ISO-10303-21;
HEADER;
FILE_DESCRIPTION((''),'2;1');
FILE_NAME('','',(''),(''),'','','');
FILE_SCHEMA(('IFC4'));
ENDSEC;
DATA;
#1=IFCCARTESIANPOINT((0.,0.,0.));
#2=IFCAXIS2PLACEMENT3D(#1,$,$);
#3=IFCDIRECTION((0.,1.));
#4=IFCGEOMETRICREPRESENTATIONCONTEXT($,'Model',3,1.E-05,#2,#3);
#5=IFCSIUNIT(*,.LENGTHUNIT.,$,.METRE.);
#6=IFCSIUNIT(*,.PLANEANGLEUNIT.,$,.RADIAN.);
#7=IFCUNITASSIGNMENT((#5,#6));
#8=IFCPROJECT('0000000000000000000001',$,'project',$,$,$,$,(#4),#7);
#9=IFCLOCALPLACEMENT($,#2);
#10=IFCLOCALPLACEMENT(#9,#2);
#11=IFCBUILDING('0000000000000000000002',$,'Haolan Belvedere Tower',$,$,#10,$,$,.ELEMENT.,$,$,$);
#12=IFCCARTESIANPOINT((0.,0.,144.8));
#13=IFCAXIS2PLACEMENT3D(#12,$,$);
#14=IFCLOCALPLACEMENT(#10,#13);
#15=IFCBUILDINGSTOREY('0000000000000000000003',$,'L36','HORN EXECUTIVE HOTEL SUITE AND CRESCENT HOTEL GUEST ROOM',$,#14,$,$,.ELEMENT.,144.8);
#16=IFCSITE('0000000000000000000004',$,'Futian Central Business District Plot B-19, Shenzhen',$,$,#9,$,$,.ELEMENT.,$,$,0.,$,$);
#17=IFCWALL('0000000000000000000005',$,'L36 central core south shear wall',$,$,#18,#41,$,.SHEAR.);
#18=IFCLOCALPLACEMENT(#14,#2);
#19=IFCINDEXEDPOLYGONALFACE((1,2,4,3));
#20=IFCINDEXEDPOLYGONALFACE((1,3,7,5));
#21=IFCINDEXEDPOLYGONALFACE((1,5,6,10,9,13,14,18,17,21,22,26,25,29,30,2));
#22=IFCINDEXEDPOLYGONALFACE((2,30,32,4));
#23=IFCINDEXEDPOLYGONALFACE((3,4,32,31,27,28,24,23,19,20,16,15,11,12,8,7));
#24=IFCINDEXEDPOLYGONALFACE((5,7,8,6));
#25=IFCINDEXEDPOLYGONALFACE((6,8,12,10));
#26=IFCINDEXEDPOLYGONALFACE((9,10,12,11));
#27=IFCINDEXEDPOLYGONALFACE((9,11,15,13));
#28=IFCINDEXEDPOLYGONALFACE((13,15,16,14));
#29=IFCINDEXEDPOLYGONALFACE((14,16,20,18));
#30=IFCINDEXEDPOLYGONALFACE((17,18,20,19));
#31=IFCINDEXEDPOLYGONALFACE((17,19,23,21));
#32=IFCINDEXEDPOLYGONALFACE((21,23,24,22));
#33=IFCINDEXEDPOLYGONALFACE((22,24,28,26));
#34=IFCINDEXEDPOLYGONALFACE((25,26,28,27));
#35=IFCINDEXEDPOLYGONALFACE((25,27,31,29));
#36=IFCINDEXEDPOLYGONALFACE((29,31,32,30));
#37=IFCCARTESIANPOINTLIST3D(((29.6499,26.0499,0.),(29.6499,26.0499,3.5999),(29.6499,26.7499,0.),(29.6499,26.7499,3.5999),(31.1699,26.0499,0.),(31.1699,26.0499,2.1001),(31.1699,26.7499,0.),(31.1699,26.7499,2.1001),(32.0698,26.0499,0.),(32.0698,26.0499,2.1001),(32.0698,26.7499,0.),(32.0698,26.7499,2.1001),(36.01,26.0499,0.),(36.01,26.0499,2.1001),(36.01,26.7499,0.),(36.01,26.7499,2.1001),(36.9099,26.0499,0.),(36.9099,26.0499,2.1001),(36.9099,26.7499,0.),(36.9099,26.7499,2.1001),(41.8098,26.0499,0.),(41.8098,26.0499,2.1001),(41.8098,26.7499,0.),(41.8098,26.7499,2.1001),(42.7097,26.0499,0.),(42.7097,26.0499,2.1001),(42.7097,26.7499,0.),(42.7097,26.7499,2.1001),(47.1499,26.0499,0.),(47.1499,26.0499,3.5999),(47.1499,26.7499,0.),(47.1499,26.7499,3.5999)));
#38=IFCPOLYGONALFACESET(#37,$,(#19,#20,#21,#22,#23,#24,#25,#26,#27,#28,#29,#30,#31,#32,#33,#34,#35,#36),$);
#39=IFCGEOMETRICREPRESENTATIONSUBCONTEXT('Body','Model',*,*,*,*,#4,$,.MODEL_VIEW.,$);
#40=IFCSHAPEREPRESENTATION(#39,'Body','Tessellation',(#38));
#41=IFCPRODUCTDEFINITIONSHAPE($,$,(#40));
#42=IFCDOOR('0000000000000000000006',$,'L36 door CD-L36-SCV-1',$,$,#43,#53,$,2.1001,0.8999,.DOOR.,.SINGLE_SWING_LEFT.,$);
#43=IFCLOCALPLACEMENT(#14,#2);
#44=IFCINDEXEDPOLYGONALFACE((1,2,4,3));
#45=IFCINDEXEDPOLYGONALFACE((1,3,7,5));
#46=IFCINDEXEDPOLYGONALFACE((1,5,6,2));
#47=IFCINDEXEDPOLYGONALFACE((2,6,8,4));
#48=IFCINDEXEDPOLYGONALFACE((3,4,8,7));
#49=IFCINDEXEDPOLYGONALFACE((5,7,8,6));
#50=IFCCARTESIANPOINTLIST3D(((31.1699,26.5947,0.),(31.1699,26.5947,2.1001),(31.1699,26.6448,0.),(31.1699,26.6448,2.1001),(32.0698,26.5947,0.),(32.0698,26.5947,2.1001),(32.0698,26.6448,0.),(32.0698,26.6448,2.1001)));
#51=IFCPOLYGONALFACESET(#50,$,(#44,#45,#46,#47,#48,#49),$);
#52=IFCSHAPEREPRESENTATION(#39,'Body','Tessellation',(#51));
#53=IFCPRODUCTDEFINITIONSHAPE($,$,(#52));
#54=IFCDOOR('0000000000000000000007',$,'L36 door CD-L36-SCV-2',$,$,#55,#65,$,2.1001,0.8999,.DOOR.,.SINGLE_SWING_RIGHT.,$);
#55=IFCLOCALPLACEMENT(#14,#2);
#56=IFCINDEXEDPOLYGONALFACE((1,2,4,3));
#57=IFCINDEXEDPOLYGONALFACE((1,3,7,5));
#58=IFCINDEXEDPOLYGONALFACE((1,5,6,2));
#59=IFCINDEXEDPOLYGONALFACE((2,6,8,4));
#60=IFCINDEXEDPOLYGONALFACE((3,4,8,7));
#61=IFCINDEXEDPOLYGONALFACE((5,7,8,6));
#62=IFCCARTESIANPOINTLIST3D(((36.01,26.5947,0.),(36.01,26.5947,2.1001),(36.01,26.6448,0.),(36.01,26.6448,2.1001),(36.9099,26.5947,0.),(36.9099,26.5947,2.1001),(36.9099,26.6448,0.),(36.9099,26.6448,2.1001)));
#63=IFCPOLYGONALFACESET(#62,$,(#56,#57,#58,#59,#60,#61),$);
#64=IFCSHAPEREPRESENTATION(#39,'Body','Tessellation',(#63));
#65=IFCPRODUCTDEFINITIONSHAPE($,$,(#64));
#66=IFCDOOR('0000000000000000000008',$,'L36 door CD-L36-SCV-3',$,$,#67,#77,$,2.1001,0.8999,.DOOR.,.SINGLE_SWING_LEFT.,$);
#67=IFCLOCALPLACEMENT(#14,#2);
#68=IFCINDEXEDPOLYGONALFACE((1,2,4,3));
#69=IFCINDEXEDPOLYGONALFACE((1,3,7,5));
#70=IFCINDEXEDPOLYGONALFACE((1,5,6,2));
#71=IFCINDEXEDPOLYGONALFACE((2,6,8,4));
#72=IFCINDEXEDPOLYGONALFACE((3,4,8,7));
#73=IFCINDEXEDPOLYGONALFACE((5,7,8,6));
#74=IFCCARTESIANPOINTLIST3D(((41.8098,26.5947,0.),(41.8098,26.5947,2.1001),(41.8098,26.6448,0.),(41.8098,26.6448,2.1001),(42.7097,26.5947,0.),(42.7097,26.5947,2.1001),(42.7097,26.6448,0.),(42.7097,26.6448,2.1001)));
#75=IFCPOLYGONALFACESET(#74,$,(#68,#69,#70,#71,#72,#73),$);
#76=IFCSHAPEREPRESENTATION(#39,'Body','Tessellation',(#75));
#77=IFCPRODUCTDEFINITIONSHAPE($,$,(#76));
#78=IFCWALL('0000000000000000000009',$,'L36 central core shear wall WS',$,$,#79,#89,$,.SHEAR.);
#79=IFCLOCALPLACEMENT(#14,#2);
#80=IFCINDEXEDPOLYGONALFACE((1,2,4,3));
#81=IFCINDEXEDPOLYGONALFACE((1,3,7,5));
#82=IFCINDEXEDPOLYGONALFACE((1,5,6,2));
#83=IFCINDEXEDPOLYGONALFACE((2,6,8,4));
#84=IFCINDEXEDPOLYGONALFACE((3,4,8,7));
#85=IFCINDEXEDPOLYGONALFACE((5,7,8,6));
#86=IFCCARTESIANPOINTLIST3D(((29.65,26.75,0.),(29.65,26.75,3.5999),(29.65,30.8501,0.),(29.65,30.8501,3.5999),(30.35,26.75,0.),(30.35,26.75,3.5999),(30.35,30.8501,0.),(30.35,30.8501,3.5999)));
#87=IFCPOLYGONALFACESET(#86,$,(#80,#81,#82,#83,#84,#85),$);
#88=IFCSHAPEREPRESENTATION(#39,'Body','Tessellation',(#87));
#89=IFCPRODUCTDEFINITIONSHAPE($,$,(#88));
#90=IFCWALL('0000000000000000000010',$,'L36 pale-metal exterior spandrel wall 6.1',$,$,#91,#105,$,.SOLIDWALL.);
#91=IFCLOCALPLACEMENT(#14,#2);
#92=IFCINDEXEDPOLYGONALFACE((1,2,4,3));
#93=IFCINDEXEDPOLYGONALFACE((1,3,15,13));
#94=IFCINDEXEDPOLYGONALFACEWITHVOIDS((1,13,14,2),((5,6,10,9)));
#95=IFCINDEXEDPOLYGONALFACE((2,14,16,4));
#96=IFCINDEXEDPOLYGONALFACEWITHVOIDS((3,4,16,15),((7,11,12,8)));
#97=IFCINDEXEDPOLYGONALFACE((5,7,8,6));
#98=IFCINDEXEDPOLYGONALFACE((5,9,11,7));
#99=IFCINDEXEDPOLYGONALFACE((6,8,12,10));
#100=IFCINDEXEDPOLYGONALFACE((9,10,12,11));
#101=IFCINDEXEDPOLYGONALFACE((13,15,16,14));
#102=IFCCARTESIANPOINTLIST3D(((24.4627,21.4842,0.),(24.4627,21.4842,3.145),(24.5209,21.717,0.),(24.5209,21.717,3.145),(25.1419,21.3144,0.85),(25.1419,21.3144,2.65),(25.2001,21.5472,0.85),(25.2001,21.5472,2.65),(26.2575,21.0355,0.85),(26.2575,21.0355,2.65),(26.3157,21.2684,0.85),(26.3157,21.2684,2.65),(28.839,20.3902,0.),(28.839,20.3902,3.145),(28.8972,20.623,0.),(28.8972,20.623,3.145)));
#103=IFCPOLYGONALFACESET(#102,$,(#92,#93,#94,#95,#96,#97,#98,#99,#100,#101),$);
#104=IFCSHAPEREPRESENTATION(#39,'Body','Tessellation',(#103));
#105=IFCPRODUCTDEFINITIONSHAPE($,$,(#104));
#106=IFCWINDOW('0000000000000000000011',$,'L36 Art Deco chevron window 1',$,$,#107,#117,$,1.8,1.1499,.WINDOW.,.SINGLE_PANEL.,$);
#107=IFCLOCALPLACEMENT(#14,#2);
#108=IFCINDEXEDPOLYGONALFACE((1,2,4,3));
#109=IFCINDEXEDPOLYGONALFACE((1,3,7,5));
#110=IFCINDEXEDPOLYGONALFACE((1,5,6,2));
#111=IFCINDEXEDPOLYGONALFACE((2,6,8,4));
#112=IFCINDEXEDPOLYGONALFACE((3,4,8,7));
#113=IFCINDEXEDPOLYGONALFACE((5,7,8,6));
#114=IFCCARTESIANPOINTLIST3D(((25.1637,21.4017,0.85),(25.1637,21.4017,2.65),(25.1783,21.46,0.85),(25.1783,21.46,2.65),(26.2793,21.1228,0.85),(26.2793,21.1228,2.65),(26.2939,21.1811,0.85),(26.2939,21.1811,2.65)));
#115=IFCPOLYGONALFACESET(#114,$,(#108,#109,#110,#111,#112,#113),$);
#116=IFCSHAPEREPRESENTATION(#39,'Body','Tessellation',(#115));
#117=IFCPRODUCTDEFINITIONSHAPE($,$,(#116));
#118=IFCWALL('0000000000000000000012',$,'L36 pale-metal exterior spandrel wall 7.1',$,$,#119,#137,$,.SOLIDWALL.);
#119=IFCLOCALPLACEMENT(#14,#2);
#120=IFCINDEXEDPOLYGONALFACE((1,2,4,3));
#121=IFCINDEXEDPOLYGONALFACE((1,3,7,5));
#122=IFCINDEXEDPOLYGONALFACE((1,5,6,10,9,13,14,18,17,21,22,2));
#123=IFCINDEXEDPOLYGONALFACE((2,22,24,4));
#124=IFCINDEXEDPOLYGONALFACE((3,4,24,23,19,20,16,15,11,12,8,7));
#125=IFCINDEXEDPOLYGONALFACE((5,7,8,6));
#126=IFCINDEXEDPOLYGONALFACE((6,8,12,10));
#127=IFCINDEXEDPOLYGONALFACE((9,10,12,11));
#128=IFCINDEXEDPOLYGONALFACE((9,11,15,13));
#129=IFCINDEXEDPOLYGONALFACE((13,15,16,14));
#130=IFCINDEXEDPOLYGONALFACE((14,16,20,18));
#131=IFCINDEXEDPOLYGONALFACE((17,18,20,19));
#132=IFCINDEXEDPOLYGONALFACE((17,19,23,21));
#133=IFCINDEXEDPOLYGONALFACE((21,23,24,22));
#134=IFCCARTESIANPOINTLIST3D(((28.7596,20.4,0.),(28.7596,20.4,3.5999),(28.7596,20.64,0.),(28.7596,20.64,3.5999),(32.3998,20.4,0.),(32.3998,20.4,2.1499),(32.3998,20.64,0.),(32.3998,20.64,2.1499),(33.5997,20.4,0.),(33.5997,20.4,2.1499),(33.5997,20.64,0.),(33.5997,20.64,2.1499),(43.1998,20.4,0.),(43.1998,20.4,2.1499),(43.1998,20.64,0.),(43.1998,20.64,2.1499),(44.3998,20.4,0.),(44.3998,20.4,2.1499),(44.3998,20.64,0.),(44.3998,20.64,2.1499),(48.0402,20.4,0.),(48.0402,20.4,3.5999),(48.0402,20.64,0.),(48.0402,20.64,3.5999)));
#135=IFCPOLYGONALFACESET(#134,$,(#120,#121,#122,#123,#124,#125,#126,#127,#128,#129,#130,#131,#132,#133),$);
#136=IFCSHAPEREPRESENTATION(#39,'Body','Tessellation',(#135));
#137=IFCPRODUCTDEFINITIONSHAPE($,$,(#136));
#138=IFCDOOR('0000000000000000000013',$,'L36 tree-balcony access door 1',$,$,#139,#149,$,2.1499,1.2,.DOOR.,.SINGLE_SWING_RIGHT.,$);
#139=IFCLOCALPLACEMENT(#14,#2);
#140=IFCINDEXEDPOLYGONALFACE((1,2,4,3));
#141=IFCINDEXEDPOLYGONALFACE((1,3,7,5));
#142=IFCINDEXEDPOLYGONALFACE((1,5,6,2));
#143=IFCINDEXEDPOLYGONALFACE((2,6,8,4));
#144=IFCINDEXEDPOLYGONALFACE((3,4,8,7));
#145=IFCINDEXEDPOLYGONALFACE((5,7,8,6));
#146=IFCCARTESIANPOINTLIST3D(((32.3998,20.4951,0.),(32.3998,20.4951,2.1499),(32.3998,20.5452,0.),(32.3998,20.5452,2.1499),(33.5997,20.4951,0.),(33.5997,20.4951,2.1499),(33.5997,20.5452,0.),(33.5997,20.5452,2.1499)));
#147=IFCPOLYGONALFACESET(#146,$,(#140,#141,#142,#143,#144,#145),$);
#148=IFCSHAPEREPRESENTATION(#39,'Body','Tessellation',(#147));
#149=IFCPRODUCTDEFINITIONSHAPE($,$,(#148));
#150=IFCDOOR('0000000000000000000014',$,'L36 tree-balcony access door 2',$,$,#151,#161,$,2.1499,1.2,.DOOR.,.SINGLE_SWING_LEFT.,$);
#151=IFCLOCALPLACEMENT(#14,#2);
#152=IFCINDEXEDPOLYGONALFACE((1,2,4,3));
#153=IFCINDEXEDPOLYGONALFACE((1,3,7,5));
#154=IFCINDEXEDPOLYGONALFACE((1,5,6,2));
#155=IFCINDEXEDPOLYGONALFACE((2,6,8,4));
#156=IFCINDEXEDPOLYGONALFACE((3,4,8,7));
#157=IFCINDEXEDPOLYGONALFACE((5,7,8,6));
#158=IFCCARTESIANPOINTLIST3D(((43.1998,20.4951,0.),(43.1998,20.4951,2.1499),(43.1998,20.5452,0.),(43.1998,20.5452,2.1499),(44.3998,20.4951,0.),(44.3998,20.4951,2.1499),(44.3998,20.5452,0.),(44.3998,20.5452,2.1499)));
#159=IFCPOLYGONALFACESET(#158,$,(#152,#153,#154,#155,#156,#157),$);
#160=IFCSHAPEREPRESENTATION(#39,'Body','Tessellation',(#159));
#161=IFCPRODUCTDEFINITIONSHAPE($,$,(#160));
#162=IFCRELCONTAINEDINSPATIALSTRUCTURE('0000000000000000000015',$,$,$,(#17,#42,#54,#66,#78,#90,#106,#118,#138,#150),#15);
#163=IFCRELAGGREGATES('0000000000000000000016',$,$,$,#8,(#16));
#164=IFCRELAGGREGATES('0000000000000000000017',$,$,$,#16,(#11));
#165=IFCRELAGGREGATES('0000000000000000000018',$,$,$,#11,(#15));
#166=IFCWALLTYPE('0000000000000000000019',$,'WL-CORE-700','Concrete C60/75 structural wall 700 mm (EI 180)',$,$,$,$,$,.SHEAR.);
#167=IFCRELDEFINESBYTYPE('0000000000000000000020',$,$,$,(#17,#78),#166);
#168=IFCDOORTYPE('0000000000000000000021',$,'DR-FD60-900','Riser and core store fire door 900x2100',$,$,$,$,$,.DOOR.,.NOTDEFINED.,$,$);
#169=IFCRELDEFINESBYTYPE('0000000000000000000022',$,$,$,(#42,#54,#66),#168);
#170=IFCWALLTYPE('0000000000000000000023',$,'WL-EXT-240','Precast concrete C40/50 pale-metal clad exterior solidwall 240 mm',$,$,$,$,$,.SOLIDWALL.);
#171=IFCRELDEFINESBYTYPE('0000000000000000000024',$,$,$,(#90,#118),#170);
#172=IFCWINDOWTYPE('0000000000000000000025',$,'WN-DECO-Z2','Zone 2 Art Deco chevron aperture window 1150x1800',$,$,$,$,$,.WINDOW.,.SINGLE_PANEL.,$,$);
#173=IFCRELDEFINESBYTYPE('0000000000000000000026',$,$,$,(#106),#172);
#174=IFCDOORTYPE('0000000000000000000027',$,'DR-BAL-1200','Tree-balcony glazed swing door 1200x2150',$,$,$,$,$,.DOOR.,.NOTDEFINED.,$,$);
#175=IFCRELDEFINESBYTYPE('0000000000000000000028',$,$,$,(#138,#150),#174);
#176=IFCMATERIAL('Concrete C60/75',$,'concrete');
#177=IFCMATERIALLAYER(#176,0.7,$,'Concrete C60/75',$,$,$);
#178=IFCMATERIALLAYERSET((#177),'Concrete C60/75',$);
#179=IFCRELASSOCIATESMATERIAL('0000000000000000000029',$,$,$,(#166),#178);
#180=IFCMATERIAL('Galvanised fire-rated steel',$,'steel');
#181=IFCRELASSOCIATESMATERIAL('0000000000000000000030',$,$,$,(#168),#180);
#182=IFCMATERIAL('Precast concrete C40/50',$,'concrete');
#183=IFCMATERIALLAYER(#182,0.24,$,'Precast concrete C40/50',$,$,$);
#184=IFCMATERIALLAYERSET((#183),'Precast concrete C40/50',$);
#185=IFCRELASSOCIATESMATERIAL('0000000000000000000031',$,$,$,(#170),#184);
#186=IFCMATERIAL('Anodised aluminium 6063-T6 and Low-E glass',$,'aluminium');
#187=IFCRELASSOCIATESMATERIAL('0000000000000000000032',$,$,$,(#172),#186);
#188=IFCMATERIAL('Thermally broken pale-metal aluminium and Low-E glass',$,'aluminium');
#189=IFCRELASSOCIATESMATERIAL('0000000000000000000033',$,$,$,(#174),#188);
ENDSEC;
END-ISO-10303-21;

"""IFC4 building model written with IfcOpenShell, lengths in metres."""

from ifc_helpers import new_model, si_unit, direction, frame, frame_2d, origin, place, context, subcontext, project, spatial, rectangle, extrude, material, layer, layer_set, type_object, element, fill, save


model = new_model("IFC4")

# Units and contexts
model_context = context("Model", 3, precision=1e-05, world=origin(), true_north=direction((0.0, 1.0)))
body_context = subcontext(model_context, "Body", "Model", "MODEL_VIEW")
ifc_project = project(units=[si_unit("LENGTHUNIT", "METRE"), si_unit("PLANEANGLEUNIT", "RADIAN")], contexts=[model_context])

# Site, building, storey
site_placement = place(None, origin())
site = spatial("IfcSite", under=ifc_project, at=site_placement, Name="Futian Central Business District Plot B-19, Shenzhen", CompositionType="ELEMENT", RefElevation=0.0)
building_placement = place(site_placement, origin())
building = spatial("IfcBuilding", under=site, at=building_placement, Name="Haolan Belvedere Tower", CompositionType="ELEMENT")
storey_placement = place(building_placement, frame((0.0, 0.0, 144.8)))
storey = spatial("IfcBuildingStorey", under=building, at=storey_placement, Name="L36", Description="HORN EXECUTIVE HOTEL SUITE AND CRESCENT HOTEL GUEST ROOM", CompositionType="ELEMENT", Elevation=144.8)

# Wall, openings, doors
ifc_material_1 = material(Name="Concrete C60/75", Category="concrete")
ifc_layer_1 = layer(ifc_material_1, 0.7, Name="Concrete C60/75")
ifc_layer_set_1 = layer_set([ifc_layer_1], Name="Concrete C60/75")
wall_type_1 = type_object("IfcWallType", Name="WL-CORE-700", Description="Concrete C60/75 structural wall 700 mm (EI 180)", PredefinedType="SHEAR", material=ifc_layer_set_1)
wall_1_placement = place(storey_placement, frame((29.6499, 26.3999, 0.0), z_axis=(0.0, 0.0, 1.0), x_axis=(1.0, 0.0, 0.0)))
wall_1 = element("IfcWall", 1, at=wall_1_placement, inside=storey, type_object=wall_type_1, Name="L36 central core south shear wall", PredefinedType="SHEAR", context=body_context, shape_type="SweptSolid", body=[
    extrude(rectangle(XDim=17.5, YDim=0.7, at=frame_2d((8.75, 0.0))), origin(), (0.0, 0.0, 1.0), 3.5999),
])
opening_1_placement = place(wall_1_placement, frame((2.4199, 0.0, 0.0), z_axis=(0.0, 0.0, 1.0), x_axis=(-1.0, 0.0, 0.0)))
opening_1 = element("IfcOpeningElement", 2, at=opening_1_placement, cuts=wall_1, PredefinedType="OPENING", context=body_context, shape_type="SweptSolid", body=[
    extrude(rectangle(XDim=0.8999, YDim=2.1001, at=frame_2d((0.45, 1.05))), frame((0.0, 0.3599, 0.0), z_axis=(0.0, -1.0, 0.0), x_axis=(1.0, 0.0, 0.0)), (0.0, 0.0, 1.0), 0.72),
])
opening_2_placement = place(wall_1_placement, frame((7.26, 0.0, 0.0), z_axis=(0.0, 0.0, 1.0), x_axis=(-1.0, 0.0, 0.0)))
opening_2 = element("IfcOpeningElement", 3, at=opening_2_placement, cuts=wall_1, PredefinedType="OPENING", context=body_context, shape_type="SweptSolid", body=[
    extrude(rectangle(XDim=0.8999, YDim=2.1001, at=frame_2d((0.45, 1.05))), frame((0.0, 0.3599, 0.0), z_axis=(0.0, -1.0, 0.0), x_axis=(1.0, 0.0, 0.0)), (0.0, 0.0, 1.0), 0.72),
])
opening_3_placement = place(wall_1_placement, frame((13.0598, 0.0, 0.0), z_axis=(0.0, 0.0, 1.0), x_axis=(-1.0, 0.0, 0.0)))
opening_3 = element("IfcOpeningElement", 4, at=opening_3_placement, cuts=wall_1, PredefinedType="OPENING", context=body_context, shape_type="SweptSolid", body=[
    extrude(rectangle(XDim=0.8999, YDim=2.1001, at=frame_2d((0.45, 1.05))), frame((0.0, 0.3599, 0.0), z_axis=(0.0, -1.0, 0.0), x_axis=(1.0, 0.0, 0.0)), (0.0, 0.0, 1.0), 0.72),
])
ifc_material_2 = material(Name="Galvanised fire-rated steel", Category="steel")
door_type_1 = type_object("IfcDoorType", Name="DR-FD60-900", Description="Riser and core store fire door 900x2100", OperationType="NOTDEFINED", PredefinedType="DOOR", material=ifc_material_2)
door_1_placement = place(opening_1_placement, origin())
door_1 = element("IfcDoor", 5, at=door_1_placement, inside=storey, type_object=door_type_1, Name="L36 door CD-L36-SCV-1", OperationType="SINGLE_SWING_LEFT", OverallHeight=2.1001, OverallWidth=0.8999, PredefinedType="DOOR", context=body_context, shape_type="SweptSolid", body=[
    extrude(rectangle(XDim=0.8999, YDim=2.1001, at=frame_2d((0.45, 1.05))), frame((0.0, -0.1948, 0.0), z_axis=(0.0, -1.0, 0.0), x_axis=(1.0, 0.0, 0.0)), (0.0, 0.0, 1.0), 0.05),
])
fill(opening_1, door_1)
door_2_placement = place(opening_2_placement, origin())
door_2 = element("IfcDoor", 6, at=door_2_placement, inside=storey, type_object=door_type_1, Name="L36 door CD-L36-SCV-2", OperationType="SINGLE_SWING_RIGHT", OverallHeight=2.1001, OverallWidth=0.8999, PredefinedType="DOOR", context=body_context, shape_type="SweptSolid", body=[
    extrude(rectangle(XDim=0.8999, YDim=2.1001, at=frame_2d((0.45, 1.05))), frame((0.0, -0.1948, 0.0), z_axis=(0.0, -1.0, 0.0), x_axis=(1.0, 0.0, 0.0)), (0.0, 0.0, 1.0), 0.05),
])
fill(opening_2, door_2)
door_3_placement = place(opening_3_placement, origin())
door_3 = element("IfcDoor", 7, at=door_3_placement, inside=storey, type_object=door_type_1, Name="L36 door CD-L36-SCV-3", OperationType="SINGLE_SWING_LEFT", OverallHeight=2.1001, OverallWidth=0.8999, PredefinedType="DOOR", context=body_context, shape_type="SweptSolid", body=[
    extrude(rectangle(XDim=0.8999, YDim=2.1001, at=frame_2d((0.45, 1.05))), frame((0.0, -0.1948, 0.0), z_axis=(0.0, -1.0, 0.0), x_axis=(1.0, 0.0, 0.0)), (0.0, 0.0, 1.0), 0.05),
])
fill(opening_3, door_3)

# Wall
wall_2_placement = place(storey_placement, frame((30.0, 26.75, 0.0), z_axis=(0.0, 0.0, 1.0), x_axis=(0.0, 1.0, 0.0)))
element("IfcWall", 8, at=wall_2_placement, inside=storey, type_object=wall_type_1, Name="L36 central core shear wall WS", PredefinedType="SHEAR", context=body_context, shape_type="SweptSolid", body=[
    extrude(rectangle(XDim=4.1001, YDim=0.7, at=frame_2d((2.05, 0.0))), origin(), (0.0, 0.0, 1.0), 3.5999),
])

# Wall, opening, window
ifc_material_3 = material(Name="Precast concrete C40/50", Category="concrete")
ifc_layer_2 = layer(ifc_material_3, 0.24, Name="Precast concrete C40/50")
ifc_layer_set_2 = layer_set([ifc_layer_2], Name="Precast concrete C40/50")
wall_type_2 = type_object("IfcWallType", Name="WL-EXT-240", Description="Precast concrete C40/50 pale-metal clad exterior solidwall 240 mm", PredefinedType="SOLIDWALL", material=ifc_layer_set_2)
wall_3_placement = place(storey_placement, frame((24.4919, 21.6006, 0.0), z_axis=(0.0, 0.0, 1.0), x_axis=(0.970146, -0.242523, 0.0)))
wall_3 = element("IfcWall", 9, at=wall_3_placement, inside=storey, type_object=wall_type_2, Name="L36 pale-metal exterior spandrel wall 6.1", PredefinedType="SOLIDWALL", context=body_context, shape_type="SweptSolid", body=[
    extrude(rectangle(XDim=4.511, YDim=0.24, at=frame_2d((2.2554, 0.0))), origin(), (0.0, 0.0, 1.0), 3.145),
])
opening_4_placement = place(wall_3_placement, frame((0.7, 0.0, 0.8501)))
opening_4 = element("IfcOpeningElement", 10, at=opening_4_placement, cuts=wall_3, PredefinedType="OPENING", context=body_context, shape_type="SweptSolid", body=[
    extrude(rectangle(XDim=1.1499, YDim=1.8, at=frame_2d((0.575, 0.8999))), frame((0.0, 0.1299, 0.0), z_axis=(0.0, -1.0, 0.0), x_axis=(1.0, 0.0, 0.0)), (0.0, 0.0, 1.0), 0.26),
])
ifc_material_4 = material(Name="Anodised aluminium 6063-T6 and Low-E glass", Category="aluminium")
window_type = type_object("IfcWindowType", Name="WN-DECO-Z2", Description="Zone 2 Art Deco chevron aperture window 1150x1800", PartitioningType="SINGLE_PANEL", PredefinedType="WINDOW", material=ifc_material_4)
window_placement = place(opening_4_placement, origin())
window = element("IfcWindow", 11, at=window_placement, inside=storey, type_object=window_type, Name="L36 Art Deco chevron window 1", OverallHeight=1.8, OverallWidth=1.1499, PartitioningType="SINGLE_PANEL", PredefinedType="WINDOW", context=body_context, shape_type="SweptSolid", body=[
    extrude(rectangle(XDim=1.1499, YDim=1.8, at=frame_2d((0.575, 0.8999))), frame((0.0, 0.03, 0.0), z_axis=(0.0, -1.0, 0.0), x_axis=(1.0, 0.0, 0.0)), (0.0, 0.0, 1.0), 0.0601),
])
fill(opening_4, window)

# Wall, openings, doors
wall_4_placement = place(storey_placement, frame((28.7598, 20.52, 0.0), z_axis=(0.0, 0.0, 1.0), x_axis=(1.0, 0.0, 0.0)))
wall_4 = element("IfcWall", 12, at=wall_4_placement, inside=storey, type_object=wall_type_2, Name="L36 pale-metal exterior spandrel wall 7.1", PredefinedType="SOLIDWALL", context=body_context, shape_type="SweptSolid", body=[
    extrude(rectangle(XDim=19.2805, YDim=0.24, at=frame_2d((9.6401, 0.0))), origin(), (0.0, 0.0, 1.0), 3.5999),
])
opening_5_placement = place(wall_4_placement, frame((4.8401, 0.0, 0.0), z_axis=(0.0, 0.0, 1.0), x_axis=(-1.0, 0.0, 0.0)))
opening_5 = element("IfcOpeningElement", 13, at=opening_5_placement, cuts=wall_4, PredefinedType="OPENING", context=body_context, shape_type="SweptSolid", body=[
    extrude(rectangle(XDim=1.2, YDim=2.1499, at=frame_2d((0.6001, 1.075))), frame((0.0, 0.1299, 0.0), z_axis=(0.0, -1.0, 0.0), x_axis=(1.0, 0.0, 0.0)), (0.0, 0.0, 1.0), 0.26),
])
opening_6_placement = place(wall_4_placement, frame((15.6401, 0.0, 0.0), z_axis=(0.0, 0.0, 1.0), x_axis=(-1.0, 0.0, 0.0)))
opening_6 = element("IfcOpeningElement", 14, at=opening_6_placement, cuts=wall_4, PredefinedType="OPENING", context=body_context, shape_type="SweptSolid", body=[
    extrude(rectangle(XDim=1.2, YDim=2.1499, at=frame_2d((0.6001, 1.075))), frame((0.0, 0.1299, 0.0), z_axis=(0.0, -1.0, 0.0), x_axis=(1.0, 0.0, 0.0)), (0.0, 0.0, 1.0), 0.26),
])
ifc_material_5 = material(Name="Thermally broken pale-metal aluminium and Low-E glass", Category="aluminium")
door_type_2 = type_object("IfcDoorType", Name="DR-BAL-1200", Description="Tree-balcony glazed swing door 1200x2150", OperationType="NOTDEFINED", PredefinedType="DOOR", material=ifc_material_5)
door_4_placement = place(opening_5_placement, origin())
door_4 = element("IfcDoor", 15, at=door_4_placement, inside=storey, type_object=door_type_2, Name="L36 tree-balcony access door 1", OperationType="SINGLE_SWING_RIGHT", OverallHeight=2.1499, OverallWidth=1.2, PredefinedType="DOOR", context=body_context, shape_type="SweptSolid", body=[
    extrude(rectangle(XDim=1.2, YDim=2.1499, at=frame_2d((0.6001, 1.075))), frame((0.0, 0.0249, 0.0), z_axis=(0.0, -1.0, 0.0), x_axis=(1.0, 0.0, 0.0)), (0.0, 0.0, 1.0), 0.05),
])
fill(opening_5, door_4)
door_5_placement = place(opening_6_placement, origin())
door_5 = element("IfcDoor", 16, at=door_5_placement, inside=storey, type_object=door_type_2, Name="L36 tree-balcony access door 2", OperationType="SINGLE_SWING_LEFT", OverallHeight=2.1499, OverallWidth=1.2, PredefinedType="DOOR", context=body_context, shape_type="SweptSolid", body=[
    extrude(rectangle(XDim=1.2, YDim=2.1499, at=frame_2d((0.6001, 1.075))), frame((0.0, 0.0249, 0.0), z_axis=(0.0, -1.0, 0.0), x_axis=(1.0, 0.0, 0.0)), (0.0, 0.0, 1.0), 0.05),
])
fill(opening_6, door_5)

save(model, "model.ifc")
